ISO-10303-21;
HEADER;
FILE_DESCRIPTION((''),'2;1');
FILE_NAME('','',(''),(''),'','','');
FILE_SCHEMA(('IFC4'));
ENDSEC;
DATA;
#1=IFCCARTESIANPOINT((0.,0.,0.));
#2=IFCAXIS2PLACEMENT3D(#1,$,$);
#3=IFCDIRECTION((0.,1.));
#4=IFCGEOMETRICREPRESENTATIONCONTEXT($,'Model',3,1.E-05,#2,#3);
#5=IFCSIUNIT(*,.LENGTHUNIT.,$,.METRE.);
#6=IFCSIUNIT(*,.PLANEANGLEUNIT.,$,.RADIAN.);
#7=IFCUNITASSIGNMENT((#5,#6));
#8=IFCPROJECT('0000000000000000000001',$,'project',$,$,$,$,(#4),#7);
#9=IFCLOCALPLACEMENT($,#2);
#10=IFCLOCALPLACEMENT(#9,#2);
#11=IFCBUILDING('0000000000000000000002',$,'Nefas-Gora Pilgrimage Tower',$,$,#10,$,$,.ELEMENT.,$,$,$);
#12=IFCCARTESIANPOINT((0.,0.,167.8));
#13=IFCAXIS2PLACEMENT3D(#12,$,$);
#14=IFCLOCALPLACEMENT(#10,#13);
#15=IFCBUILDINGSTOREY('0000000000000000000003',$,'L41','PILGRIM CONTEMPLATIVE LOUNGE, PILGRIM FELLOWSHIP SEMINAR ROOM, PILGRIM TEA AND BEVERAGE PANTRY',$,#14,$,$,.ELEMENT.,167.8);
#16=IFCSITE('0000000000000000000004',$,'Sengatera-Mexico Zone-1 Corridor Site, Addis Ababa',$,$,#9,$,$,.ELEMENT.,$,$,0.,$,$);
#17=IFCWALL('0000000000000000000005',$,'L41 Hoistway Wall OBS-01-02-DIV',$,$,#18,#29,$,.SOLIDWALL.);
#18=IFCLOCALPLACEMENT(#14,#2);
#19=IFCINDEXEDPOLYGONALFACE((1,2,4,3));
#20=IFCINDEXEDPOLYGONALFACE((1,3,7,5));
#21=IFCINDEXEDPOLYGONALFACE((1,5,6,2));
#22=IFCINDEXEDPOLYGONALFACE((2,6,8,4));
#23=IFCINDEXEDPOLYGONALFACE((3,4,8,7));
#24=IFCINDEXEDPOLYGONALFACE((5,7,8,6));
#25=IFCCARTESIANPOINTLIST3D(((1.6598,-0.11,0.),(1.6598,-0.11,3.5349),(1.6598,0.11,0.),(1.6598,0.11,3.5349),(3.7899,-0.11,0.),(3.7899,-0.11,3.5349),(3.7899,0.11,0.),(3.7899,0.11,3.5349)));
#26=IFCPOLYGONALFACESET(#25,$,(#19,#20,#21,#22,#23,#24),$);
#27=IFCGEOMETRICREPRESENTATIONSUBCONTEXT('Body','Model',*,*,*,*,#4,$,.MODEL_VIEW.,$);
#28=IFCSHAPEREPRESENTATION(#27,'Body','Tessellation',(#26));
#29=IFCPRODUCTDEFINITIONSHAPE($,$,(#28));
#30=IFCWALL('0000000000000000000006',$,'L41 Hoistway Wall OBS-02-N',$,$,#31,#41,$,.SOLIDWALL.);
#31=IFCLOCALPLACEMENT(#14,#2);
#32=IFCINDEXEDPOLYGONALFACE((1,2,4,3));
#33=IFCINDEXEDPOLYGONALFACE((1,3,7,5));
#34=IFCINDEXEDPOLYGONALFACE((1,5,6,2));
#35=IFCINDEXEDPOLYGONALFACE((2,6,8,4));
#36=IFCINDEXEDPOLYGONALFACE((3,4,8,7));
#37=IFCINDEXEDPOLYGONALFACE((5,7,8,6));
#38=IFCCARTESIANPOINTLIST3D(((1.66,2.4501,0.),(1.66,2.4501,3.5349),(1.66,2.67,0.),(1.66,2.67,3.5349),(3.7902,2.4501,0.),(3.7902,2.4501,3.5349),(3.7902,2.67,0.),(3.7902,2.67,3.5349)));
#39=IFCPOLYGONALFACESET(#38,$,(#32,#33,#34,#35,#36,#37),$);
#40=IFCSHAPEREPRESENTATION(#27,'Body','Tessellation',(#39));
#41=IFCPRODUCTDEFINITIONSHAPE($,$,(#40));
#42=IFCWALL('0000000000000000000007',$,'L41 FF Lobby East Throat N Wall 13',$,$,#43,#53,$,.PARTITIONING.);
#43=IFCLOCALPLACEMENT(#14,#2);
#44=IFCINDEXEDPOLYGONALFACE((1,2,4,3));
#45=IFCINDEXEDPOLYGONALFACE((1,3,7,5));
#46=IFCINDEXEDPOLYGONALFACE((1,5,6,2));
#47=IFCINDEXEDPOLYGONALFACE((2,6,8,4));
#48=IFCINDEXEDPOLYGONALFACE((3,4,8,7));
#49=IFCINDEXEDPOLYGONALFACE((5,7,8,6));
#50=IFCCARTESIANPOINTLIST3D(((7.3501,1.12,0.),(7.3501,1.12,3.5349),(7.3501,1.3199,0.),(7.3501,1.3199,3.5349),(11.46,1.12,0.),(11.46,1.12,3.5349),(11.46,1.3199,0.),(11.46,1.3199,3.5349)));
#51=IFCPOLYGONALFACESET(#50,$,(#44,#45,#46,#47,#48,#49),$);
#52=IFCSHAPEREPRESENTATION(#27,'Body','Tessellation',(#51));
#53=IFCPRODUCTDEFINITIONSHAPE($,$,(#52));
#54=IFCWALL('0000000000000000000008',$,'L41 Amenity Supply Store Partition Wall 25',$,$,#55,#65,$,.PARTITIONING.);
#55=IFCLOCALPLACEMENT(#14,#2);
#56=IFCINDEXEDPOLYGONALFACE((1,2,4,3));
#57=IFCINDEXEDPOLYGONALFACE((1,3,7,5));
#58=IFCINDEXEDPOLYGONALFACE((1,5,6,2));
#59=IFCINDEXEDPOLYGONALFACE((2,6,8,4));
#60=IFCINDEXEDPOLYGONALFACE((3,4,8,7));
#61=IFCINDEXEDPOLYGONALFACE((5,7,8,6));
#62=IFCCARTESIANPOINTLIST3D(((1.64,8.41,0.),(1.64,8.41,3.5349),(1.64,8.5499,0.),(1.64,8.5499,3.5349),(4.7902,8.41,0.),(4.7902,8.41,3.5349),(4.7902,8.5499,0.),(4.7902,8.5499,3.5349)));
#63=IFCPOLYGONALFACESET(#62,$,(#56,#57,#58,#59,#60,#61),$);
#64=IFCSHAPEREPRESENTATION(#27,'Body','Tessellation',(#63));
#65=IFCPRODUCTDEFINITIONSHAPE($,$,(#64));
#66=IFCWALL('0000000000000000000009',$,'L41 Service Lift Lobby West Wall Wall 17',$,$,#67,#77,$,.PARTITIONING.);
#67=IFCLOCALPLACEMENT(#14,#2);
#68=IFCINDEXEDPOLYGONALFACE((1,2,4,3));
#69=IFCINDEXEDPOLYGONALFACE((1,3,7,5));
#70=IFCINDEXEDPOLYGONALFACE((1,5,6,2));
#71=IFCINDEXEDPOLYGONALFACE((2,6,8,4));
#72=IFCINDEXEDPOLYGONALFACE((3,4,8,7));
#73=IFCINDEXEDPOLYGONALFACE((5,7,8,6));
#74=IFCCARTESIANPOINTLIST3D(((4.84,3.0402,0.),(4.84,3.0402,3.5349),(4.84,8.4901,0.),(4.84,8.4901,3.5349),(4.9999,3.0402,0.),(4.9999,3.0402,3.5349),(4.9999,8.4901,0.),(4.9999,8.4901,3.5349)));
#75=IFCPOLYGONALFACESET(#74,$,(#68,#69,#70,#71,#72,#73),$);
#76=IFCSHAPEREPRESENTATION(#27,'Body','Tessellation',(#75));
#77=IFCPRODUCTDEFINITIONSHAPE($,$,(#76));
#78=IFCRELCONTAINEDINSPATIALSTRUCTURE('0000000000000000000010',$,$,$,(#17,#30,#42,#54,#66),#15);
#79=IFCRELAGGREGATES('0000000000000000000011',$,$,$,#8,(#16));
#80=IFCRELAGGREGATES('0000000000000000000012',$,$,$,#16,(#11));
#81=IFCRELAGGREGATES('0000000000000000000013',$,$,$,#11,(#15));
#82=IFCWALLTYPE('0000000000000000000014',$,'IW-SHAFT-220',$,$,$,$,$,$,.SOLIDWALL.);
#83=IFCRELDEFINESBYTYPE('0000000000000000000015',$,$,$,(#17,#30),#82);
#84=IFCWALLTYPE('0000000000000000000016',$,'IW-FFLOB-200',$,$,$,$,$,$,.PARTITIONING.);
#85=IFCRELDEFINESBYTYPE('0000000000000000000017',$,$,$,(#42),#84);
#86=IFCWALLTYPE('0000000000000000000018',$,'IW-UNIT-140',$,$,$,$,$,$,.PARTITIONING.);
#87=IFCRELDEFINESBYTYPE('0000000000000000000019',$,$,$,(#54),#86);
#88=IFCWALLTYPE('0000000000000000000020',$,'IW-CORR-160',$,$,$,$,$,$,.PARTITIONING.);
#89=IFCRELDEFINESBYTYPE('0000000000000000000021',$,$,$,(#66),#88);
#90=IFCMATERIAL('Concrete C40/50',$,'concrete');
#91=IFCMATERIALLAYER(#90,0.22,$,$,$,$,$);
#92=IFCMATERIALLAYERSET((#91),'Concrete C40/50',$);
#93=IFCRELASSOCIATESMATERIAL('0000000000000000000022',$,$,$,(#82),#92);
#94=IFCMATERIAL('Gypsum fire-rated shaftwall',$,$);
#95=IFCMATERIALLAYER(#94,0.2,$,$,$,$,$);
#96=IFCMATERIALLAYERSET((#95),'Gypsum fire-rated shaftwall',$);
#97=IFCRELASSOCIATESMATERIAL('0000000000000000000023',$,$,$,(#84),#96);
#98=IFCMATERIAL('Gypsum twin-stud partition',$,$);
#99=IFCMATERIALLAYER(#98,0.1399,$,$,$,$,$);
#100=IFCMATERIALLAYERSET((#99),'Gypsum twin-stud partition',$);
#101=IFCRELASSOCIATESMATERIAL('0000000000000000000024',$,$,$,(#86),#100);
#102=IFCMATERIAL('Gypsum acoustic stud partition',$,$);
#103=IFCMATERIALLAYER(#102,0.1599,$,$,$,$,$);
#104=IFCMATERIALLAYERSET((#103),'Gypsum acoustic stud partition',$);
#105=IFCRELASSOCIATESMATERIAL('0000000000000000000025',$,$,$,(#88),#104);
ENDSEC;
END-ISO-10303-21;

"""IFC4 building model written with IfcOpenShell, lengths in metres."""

from ifc_helpers import new_model, si_unit, direction, frame, frame_2d, origin, place, context, subcontext, project, spatial, rectangle, extrude, source, transform, mapped, material, layer, layer_set, type_object, element, save


model = new_model("IFC4")

# Units and contexts
model_context = context("Model", 3, precision=1e-05, world=origin(), true_north=direction((0.0, 1.0)))
body_context = subcontext(model_context, "Body", "Model", "MODEL_VIEW")
ifc_project = project(units=[si_unit("LENGTHUNIT", "METRE"), si_unit("PLANEANGLEUNIT", "RADIAN")], contexts=[model_context])

# Site, building, storey
site_placement = place(None, origin())
site = spatial("IfcSite", under=ifc_project, at=site_placement, Name="Sengatera-Mexico Zone-1 Corridor Site, Addis Ababa", CompositionType="ELEMENT", RefElevation=0.0)
building_placement = place(site_placement, origin())
building = spatial("IfcBuilding", under=site, at=building_placement, Name="Nefas-Gora Pilgrimage Tower", CompositionType="ELEMENT")
storey_placement = place(building_placement, frame((0.0, 0.0, 167.8)))
storey = spatial("IfcBuildingStorey", under=building, at=storey_placement, Name="L41", Description="PILGRIM CONTEMPLATIVE LOUNGE, PILGRIM FELLOWSHIP SEMINAR ROOM, PILGRIM TEA AND BEVERAGE PANTRY", CompositionType="ELEMENT", Elevation=167.8)

# Shared definitions
ifc_material_1 = material(Name="Concrete C40/50", Category="concrete")
ifc_layer_1 = layer(ifc_material_1, 0.22)
ifc_layer_set_1 = layer_set([ifc_layer_1], Name="Concrete C40/50")
wall_type_1 = type_object("IfcWallType", Name="IW-SHAFT-220", PredefinedType="SOLIDWALL", material=ifc_layer_set_1)

# Walls
shared_shape_1 = source(origin(), body_context, "Body", "SweptSolid", [
    extrude(rectangle(XDim=2.1301, YDim=0.22, at=frame_2d((1.0649, 0.0))), origin(), (0.0, 0.0, 1.0), 3.5349),
])
for number, where, z_axis, x_axis, name in (
    (1, (1.6599, 0.0, 0.0), (0.0, 0.0, 1.0), (1.0, 0.0, 0.0), "L41 Hoistway Wall OBS-01-02-DIV"),
    (2, (3.79, 2.5601, 0.0), (0.0, 0.0, 1.0), (-1.0, 0.0, 0.0), "L41 Hoistway Wall OBS-02-N"),
):
    element("IfcWall", number, at=place(storey_placement, frame(where, z_axis=z_axis, x_axis=x_axis)), inside=storey, type_object=wall_type_1, Name=name, PredefinedType="SOLIDWALL", context=body_context, shape_type="MappedRepresentation", body=[
        mapped(shared_shape_1, transform((0.0, 0.0, 0.0), x_axis=(1.0, 0.0, 0.0), y_axis=(0.0, 1.0, 0.0), z_axis=(0.0, 0.0, 1.0), scale=1.0)),
    ])

# Shared definitions
ifc_material_2 = material(Name="Gypsum fire-rated shaftwall")
ifc_layer_2 = layer(ifc_material_2, 0.2)
ifc_layer_set_2 = layer_set([ifc_layer_2], Name="Gypsum fire-rated shaftwall")
wall_type_2 = type_object("IfcWallType", Name="IW-FFLOB-200", PredefinedType="PARTITIONING", material=ifc_layer_set_2)

# Walls
shared_shape_2 = source(origin(), body_context, "Body", "SweptSolid", [
    extrude(rectangle(XDim=4.1099, YDim=0.2, at=frame_2d((2.0549, 0.0))), origin(), (0.0, 0.0, 1.0), 3.5349),
])
wall_1_placement = place(storey_placement, frame((7.3501, 1.22, 0.0), z_axis=(0.0, 0.0, 1.0), x_axis=(1.0, 0.0, 0.0)))
element("IfcWall", 3, at=wall_1_placement, inside=storey, type_object=wall_type_2, Name="L41 FF Lobby East Throat N Wall 13", PredefinedType="PARTITIONING", context=body_context, shape_type="MappedRepresentation", body=[
    mapped(shared_shape_2, transform((0.0, 0.0, 0.0), x_axis=(1.0, 0.0, 0.0), y_axis=(0.0, 1.0, 0.0), z_axis=(0.0, 0.0, 1.0), scale=1.0)),
])
ifc_material_3 = material(Name="Gypsum twin-stud partition")
ifc_layer_3 = layer(ifc_material_3, 0.1399)
ifc_layer_set_3 = layer_set([ifc_layer_3], Name="Gypsum twin-stud partition")
wall_type_3 = type_object("IfcWallType", Name="IW-UNIT-140", PredefinedType="PARTITIONING", material=ifc_layer_set_3)
shared_shape_3 = source(origin(), body_context, "Body", "SweptSolid", [
    extrude(rectangle(XDim=3.1501, YDim=0.1399, at=frame_2d((1.5752, 0.0))), origin(), (0.0, 0.0, 1.0), 3.5349),
])
wall_2_placement = place(storey_placement, frame((1.6399, 8.48, 0.0), z_axis=(0.0, 0.0, 1.0), x_axis=(1.0, 0.0, 0.0)))
element("IfcWall", 4, at=wall_2_placement, inside=storey, type_object=wall_type_3, Name="L41 Amenity Supply Store Partition Wall 25", PredefinedType="PARTITIONING", context=body_context, shape_type="MappedRepresentation", body=[
    mapped(shared_shape_3, transform((0.0, 0.0, 0.0), x_axis=(1.0, 0.0, 0.0), y_axis=(0.0, 1.0, 0.0), z_axis=(0.0, 0.0, 1.0), scale=1.0)),
])
ifc_material_4 = material(Name="Gypsum acoustic stud partition")
ifc_layer_4 = layer(ifc_material_4, 0.1599)
ifc_layer_set_4 = layer_set([ifc_layer_4], Name="Gypsum acoustic stud partition")
wall_type_4 = type_object("IfcWallType", Name="IW-CORR-160", PredefinedType="PARTITIONING", material=ifc_layer_set_4)
shared_shape_4 = source(origin(), body_context, "Body", "SweptSolid", [
    extrude(rectangle(XDim=5.45, YDim=0.1599, at=frame_2d((2.7251, 0.0))), origin(), (0.0, 0.0, 1.0), 3.5349),
])
wall_3_placement = place(storey_placement, frame((4.9199, 3.04, 0.0), z_axis=(0.0, 0.0, 1.0), x_axis=(0.0, 1.0, 0.0)))
element("IfcWall", 5, at=wall_3_placement, inside=storey, type_object=wall_type_4, Name="L41 Service Lift Lobby West Wall Wall 17", PredefinedType="PARTITIONING", context=body_context, shape_type="MappedRepresentation", body=[
    mapped(shared_shape_4, transform((0.0, 0.0, 0.0), x_axis=(1.0, 0.0, 0.0), y_axis=(0.0, 1.0, 0.0), z_axis=(0.0, 0.0, 1.0), scale=1.0)),
])

save(model, "model.ifc")
